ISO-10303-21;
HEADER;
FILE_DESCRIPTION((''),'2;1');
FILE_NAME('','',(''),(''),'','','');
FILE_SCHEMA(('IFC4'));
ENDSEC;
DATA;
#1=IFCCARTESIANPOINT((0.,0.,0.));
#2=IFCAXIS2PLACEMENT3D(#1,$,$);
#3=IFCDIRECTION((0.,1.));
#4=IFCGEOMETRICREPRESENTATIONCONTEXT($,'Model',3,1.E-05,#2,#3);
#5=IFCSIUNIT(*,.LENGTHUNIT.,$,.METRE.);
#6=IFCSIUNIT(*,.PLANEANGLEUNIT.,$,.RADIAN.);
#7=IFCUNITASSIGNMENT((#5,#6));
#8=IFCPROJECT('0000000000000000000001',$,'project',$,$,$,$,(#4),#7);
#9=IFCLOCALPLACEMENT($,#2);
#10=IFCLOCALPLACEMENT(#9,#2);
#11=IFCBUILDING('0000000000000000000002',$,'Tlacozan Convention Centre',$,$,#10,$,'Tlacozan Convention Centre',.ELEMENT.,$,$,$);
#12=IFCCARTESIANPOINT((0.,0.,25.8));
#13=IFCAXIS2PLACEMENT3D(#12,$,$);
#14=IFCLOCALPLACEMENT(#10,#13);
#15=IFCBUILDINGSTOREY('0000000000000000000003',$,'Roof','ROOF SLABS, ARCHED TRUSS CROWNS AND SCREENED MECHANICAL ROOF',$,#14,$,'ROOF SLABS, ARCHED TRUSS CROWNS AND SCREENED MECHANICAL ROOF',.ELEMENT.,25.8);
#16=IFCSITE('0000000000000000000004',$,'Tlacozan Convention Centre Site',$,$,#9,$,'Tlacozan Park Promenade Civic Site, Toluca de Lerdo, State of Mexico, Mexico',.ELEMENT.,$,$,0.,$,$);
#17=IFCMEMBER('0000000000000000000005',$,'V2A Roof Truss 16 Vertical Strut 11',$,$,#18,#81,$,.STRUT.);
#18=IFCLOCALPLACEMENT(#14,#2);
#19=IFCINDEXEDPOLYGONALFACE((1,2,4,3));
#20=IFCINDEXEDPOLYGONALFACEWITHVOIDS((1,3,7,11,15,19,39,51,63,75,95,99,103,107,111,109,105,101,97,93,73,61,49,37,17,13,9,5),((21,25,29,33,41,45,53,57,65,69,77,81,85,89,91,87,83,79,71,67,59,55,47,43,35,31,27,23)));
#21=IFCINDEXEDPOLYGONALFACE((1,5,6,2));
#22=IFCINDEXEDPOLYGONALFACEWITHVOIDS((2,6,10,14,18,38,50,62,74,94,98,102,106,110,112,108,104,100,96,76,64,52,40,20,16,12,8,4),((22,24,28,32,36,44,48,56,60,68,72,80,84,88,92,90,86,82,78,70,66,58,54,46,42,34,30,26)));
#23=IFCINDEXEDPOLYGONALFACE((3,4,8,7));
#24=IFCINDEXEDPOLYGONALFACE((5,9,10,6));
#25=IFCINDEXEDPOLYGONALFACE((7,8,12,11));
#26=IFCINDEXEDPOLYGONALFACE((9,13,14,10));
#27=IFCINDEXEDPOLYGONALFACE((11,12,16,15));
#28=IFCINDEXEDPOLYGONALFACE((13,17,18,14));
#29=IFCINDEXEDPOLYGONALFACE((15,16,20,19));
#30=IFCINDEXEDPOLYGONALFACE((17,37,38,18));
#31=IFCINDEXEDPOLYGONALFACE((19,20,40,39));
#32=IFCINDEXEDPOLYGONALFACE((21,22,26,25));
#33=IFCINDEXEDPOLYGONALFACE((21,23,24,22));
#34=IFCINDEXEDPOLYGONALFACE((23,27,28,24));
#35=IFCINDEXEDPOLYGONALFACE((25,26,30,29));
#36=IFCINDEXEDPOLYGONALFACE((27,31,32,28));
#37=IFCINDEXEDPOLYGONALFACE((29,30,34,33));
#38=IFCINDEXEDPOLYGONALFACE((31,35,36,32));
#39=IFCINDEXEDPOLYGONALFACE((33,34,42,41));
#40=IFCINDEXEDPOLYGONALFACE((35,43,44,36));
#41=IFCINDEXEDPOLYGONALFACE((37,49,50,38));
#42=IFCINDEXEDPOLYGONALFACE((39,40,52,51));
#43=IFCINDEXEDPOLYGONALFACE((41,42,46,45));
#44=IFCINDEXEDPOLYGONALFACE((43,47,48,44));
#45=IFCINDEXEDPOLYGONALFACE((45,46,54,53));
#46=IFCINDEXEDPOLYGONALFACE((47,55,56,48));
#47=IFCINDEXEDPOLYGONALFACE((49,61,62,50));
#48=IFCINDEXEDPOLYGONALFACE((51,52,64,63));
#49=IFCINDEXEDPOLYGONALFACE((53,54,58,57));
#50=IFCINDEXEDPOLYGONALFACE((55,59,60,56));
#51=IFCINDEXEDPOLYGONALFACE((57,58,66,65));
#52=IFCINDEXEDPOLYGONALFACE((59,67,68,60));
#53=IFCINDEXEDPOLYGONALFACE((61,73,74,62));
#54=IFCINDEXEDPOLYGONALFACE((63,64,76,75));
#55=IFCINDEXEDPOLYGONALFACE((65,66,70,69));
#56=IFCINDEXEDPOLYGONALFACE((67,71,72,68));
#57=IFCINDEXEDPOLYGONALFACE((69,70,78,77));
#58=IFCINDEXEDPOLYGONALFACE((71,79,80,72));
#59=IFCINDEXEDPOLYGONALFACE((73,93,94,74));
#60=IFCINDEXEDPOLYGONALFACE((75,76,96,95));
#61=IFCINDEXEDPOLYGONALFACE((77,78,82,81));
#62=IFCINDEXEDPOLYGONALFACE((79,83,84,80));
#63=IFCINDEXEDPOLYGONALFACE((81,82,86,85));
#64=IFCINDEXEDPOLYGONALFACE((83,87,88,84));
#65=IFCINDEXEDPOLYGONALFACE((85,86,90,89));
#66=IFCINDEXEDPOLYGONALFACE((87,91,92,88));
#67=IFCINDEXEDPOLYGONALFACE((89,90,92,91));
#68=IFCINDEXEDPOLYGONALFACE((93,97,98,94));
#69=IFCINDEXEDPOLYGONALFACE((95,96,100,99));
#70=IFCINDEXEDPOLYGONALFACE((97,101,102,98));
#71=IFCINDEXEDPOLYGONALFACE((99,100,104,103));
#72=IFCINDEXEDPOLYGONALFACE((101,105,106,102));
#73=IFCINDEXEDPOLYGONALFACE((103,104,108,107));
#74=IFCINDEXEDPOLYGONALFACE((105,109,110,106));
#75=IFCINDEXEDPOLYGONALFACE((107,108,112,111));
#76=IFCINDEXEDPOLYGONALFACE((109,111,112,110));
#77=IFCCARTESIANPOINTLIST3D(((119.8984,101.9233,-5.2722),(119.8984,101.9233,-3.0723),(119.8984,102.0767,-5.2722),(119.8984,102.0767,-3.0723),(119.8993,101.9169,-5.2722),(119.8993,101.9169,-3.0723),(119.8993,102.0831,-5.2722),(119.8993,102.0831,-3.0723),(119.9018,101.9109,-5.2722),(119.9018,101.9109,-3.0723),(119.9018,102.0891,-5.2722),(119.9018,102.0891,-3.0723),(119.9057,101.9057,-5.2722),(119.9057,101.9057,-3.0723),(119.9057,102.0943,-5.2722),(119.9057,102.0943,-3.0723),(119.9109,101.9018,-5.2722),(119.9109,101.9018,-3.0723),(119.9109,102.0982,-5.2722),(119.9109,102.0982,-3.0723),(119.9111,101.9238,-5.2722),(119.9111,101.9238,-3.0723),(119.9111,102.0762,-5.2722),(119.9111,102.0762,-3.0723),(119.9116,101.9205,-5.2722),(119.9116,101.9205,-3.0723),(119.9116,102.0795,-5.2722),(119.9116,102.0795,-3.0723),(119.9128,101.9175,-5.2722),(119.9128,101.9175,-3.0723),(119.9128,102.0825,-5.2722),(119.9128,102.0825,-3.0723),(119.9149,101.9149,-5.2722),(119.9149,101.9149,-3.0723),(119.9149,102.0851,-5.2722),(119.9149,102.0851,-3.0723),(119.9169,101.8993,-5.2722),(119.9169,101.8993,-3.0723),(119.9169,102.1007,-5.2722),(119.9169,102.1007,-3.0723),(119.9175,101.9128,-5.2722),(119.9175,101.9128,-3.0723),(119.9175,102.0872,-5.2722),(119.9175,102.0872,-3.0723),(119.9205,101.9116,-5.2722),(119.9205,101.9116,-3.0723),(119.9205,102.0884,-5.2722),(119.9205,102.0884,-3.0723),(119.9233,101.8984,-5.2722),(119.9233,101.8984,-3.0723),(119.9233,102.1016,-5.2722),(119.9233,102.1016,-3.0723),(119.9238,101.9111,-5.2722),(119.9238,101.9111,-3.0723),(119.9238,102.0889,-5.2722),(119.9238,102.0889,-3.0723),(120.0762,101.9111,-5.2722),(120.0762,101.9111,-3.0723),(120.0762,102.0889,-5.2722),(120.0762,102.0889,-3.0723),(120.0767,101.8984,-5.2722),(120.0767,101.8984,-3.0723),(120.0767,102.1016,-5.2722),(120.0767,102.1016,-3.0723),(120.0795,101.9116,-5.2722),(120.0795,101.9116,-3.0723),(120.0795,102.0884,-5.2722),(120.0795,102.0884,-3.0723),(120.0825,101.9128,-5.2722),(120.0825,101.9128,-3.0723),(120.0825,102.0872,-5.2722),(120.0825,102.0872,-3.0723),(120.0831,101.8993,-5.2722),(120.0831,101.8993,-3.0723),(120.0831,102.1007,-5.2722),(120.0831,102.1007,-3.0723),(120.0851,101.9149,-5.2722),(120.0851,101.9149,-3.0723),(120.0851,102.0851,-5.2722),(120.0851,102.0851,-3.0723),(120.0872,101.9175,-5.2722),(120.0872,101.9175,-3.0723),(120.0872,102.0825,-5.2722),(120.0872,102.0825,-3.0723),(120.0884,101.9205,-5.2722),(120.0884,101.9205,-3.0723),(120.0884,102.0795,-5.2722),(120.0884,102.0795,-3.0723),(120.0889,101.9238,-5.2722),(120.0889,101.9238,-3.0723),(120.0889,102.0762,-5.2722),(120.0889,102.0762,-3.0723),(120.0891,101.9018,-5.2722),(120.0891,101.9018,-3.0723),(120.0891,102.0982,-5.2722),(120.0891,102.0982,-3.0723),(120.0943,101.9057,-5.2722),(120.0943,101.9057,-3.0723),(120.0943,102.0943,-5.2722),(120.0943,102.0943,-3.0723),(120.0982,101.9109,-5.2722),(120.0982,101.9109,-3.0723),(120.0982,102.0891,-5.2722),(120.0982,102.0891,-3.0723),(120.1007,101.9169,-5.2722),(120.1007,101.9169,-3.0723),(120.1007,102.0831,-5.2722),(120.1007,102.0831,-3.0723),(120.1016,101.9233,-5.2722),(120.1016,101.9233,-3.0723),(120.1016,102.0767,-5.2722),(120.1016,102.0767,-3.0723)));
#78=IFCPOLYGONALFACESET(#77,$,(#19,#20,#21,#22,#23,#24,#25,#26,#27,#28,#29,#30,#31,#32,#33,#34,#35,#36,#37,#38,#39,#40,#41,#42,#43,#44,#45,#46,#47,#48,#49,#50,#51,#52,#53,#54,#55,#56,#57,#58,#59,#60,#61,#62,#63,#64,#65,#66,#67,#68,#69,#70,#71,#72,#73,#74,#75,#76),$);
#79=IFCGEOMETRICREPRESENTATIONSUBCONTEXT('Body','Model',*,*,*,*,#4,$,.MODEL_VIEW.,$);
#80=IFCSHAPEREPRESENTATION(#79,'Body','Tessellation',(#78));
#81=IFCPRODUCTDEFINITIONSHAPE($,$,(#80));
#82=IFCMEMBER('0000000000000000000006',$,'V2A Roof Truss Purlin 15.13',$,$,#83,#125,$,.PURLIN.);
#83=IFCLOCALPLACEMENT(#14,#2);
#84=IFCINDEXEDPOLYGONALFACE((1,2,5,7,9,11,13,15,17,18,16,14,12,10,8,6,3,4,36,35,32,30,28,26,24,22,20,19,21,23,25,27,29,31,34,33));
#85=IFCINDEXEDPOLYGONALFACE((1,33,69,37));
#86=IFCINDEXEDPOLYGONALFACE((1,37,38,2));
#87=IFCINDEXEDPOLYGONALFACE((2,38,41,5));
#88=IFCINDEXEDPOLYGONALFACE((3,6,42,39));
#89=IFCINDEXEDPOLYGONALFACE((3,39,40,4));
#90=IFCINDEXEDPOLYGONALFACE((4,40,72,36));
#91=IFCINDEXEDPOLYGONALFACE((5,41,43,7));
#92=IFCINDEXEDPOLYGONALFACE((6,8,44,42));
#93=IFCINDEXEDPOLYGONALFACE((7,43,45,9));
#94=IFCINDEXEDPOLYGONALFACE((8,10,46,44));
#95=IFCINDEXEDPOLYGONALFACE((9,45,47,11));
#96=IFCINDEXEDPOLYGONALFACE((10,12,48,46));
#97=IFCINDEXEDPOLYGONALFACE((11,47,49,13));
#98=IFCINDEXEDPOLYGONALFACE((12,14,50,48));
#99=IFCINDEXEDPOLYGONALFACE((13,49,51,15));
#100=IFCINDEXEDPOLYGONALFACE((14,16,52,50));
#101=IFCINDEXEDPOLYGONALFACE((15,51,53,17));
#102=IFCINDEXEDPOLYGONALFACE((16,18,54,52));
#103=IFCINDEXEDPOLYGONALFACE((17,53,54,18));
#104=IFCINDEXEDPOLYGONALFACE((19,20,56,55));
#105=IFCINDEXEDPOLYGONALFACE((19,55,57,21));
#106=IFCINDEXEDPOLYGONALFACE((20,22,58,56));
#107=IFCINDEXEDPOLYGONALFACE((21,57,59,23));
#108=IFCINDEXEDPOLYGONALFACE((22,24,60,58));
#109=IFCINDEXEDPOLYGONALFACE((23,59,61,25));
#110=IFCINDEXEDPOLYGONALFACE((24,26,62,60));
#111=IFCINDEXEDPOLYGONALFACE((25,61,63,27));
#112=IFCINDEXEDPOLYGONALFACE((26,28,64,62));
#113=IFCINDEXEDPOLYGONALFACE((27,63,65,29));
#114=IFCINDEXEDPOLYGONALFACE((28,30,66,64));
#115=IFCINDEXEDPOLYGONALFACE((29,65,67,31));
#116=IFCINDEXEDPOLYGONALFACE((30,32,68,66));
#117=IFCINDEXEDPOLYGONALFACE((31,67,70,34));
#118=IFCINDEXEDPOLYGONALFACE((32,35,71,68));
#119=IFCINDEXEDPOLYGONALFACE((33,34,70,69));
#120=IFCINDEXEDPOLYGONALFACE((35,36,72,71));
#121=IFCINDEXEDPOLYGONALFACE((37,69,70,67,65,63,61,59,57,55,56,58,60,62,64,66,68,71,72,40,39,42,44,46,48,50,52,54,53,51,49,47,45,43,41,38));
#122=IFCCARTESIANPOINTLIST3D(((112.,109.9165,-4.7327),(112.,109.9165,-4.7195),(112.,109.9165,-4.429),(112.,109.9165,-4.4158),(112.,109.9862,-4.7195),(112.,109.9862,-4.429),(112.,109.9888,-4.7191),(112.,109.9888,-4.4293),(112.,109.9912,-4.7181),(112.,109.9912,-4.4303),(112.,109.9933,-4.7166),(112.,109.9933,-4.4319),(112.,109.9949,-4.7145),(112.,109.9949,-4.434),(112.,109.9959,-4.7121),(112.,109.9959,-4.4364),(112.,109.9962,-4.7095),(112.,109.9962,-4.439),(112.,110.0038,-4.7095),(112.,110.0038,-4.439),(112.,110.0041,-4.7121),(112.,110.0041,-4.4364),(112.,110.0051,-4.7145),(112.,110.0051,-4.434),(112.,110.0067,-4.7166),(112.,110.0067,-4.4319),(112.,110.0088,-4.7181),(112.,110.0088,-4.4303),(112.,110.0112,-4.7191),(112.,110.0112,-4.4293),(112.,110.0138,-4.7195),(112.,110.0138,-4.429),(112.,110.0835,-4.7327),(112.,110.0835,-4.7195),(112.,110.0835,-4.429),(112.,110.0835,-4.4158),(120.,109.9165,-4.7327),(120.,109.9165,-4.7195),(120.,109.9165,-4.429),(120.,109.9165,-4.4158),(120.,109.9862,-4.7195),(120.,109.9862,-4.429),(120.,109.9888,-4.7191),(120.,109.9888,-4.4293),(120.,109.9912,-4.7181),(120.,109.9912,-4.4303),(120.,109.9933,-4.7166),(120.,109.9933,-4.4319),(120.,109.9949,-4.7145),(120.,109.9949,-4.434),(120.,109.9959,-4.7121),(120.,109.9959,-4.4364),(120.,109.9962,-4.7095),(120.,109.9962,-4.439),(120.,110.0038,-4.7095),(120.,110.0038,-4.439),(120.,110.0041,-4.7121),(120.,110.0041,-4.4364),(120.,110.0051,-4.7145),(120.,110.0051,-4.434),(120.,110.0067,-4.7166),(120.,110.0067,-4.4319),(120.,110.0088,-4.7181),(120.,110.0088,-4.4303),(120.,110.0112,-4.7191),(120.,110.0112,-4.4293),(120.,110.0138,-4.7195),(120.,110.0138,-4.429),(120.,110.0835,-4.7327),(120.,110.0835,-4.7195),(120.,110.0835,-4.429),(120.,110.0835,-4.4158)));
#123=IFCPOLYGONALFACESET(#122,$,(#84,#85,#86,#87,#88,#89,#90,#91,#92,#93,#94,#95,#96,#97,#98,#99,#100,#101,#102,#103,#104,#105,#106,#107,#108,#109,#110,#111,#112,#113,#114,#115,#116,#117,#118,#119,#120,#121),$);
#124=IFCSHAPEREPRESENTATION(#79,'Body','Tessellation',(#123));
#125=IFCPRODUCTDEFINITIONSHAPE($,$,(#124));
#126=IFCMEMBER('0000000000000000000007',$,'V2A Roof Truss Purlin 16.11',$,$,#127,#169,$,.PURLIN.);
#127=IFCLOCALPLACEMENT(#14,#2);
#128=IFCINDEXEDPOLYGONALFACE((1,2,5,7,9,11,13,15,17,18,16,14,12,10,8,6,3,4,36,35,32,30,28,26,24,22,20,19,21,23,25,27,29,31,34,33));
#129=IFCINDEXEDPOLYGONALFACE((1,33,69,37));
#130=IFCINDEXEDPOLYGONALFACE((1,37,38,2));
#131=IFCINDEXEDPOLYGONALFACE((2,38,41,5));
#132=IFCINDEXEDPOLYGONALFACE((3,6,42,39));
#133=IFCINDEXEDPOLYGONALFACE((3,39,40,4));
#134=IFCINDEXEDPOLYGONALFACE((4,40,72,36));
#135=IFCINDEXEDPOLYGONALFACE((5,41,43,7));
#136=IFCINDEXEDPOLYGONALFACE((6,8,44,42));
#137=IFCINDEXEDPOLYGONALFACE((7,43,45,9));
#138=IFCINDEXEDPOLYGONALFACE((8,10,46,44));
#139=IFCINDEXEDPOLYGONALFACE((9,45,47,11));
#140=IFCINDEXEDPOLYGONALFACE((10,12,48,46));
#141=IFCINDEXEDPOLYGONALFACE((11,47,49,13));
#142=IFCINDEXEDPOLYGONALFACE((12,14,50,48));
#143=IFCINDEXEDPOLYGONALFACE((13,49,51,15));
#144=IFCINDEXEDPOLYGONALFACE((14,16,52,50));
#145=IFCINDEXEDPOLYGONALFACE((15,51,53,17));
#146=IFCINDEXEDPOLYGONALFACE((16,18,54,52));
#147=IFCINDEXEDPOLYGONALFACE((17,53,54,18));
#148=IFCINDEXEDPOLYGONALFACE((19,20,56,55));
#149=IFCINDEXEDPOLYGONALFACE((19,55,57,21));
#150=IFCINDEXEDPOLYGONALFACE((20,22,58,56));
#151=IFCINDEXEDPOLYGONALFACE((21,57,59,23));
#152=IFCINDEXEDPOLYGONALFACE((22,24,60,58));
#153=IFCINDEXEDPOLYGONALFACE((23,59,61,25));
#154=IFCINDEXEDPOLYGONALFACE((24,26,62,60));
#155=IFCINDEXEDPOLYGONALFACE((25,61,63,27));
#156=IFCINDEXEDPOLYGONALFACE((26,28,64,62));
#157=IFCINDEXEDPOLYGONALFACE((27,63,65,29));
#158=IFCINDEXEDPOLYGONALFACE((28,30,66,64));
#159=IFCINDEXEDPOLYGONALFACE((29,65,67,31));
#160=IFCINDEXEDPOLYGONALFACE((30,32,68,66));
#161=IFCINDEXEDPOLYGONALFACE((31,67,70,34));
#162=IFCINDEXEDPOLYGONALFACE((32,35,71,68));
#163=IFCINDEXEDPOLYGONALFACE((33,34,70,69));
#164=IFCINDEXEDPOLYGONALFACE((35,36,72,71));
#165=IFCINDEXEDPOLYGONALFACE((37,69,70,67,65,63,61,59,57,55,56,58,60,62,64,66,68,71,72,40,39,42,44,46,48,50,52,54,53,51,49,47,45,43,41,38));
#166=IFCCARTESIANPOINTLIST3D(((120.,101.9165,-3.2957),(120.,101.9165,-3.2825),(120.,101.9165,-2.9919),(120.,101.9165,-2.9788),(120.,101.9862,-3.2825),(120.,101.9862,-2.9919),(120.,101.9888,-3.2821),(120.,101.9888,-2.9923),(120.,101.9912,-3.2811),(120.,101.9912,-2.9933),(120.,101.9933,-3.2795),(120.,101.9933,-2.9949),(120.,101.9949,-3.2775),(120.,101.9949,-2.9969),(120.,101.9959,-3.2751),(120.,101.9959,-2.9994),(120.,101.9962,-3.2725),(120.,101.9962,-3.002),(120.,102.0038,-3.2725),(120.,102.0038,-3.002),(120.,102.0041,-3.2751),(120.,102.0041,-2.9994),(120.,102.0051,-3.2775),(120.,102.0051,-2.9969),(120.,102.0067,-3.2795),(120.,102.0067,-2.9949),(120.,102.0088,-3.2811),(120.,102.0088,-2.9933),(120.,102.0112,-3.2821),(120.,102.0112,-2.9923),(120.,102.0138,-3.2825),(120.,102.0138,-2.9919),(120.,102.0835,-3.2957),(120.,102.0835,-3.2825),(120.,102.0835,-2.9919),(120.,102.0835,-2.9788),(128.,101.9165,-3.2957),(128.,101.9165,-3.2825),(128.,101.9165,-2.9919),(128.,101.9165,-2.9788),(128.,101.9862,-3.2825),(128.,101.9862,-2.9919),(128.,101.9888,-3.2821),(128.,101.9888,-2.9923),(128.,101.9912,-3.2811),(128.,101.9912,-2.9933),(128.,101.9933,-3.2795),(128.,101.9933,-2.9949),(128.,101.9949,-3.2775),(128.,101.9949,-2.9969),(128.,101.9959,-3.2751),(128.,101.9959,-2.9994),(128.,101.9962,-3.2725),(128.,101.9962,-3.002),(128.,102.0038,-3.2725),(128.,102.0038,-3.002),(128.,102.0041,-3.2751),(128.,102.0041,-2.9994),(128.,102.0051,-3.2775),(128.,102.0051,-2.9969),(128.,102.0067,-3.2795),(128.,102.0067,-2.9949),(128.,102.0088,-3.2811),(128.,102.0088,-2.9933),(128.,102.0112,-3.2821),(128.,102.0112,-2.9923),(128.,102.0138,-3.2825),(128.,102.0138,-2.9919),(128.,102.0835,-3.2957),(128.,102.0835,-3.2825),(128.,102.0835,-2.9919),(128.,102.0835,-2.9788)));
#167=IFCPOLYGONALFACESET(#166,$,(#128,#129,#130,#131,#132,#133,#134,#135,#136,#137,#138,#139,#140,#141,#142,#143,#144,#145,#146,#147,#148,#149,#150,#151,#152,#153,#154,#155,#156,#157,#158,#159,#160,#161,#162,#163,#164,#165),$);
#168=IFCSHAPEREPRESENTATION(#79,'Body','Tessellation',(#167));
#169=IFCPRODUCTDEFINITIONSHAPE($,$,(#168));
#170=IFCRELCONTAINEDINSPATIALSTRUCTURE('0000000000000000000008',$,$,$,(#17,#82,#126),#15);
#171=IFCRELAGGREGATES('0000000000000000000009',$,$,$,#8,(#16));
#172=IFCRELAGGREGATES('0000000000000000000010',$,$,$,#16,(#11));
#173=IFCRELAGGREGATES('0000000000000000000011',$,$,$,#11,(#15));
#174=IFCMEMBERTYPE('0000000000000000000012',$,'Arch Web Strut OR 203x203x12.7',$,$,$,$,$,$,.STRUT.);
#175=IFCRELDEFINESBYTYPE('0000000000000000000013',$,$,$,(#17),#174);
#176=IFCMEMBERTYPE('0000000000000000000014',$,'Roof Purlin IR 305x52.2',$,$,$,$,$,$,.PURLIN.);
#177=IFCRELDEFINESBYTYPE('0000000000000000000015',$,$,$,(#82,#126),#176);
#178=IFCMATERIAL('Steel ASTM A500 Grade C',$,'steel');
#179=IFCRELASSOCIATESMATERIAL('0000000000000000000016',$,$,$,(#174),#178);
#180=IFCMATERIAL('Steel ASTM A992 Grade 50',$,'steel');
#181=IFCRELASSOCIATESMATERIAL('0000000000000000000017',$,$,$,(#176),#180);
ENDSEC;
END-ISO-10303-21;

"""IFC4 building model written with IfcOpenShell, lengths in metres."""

from ifc_helpers import new_model, si_unit, direction, frame, origin, origin_2d, place, context, subcontext, project, spatial, hollow_rectangle, i_section, extrude, material, material_profile, profile_set, type_object, element, save


model = new_model("IFC4")

# Units and contexts
model_context = context("Model", 3, precision=1e-05, world=origin(), true_north=direction((0.0, 1.0)))
body_context = subcontext(model_context, "Body", "Model", "MODEL_VIEW")
ifc_project = project(units=[si_unit("LENGTHUNIT", "METRE"), si_unit("PLANEANGLEUNIT", "RADIAN")], contexts=[model_context])

# Site, building, storey
site_placement = place(None, origin())
site = spatial("IfcSite", under=ifc_project, at=site_placement, Name="Tlacozan Convention Centre Site", LongName="Tlacozan Park Promenade Civic Site, Toluca de Lerdo, State of Mexico, Mexico", CompositionType="ELEMENT", RefElevation=0.0)
building_placement = place(site_placement, origin())
building = spatial("IfcBuilding", under=site, at=building_placement, Name="Tlacozan Convention Centre", LongName="Tlacozan Convention Centre", CompositionType="ELEMENT")
storey_placement = place(building_placement, frame((0.0, 0.0, 25.8)))
storey = spatial("IfcBuildingStorey", under=building, at=storey_placement, Name="Roof", Description="ROOF SLABS, ARCHED TRUSS CROWNS AND SCREENED MECHANICAL ROOF", LongName="ROOF SLABS, ARCHED TRUSS CROWNS AND SCREENED MECHANICAL ROOF", CompositionType="ELEMENT", Elevation=25.8)

# Members
ifc_material_1 = material(Name="Steel ASTM A500 Grade C", Category="steel")
ifc_material_profile_1 = material_profile(ifc_material_1, hollow_rectangle(XDim=0.2031, YDim=0.2031, WallThickness=0.0127, InnerFilletRadius=0.0127, OuterFilletRadius=0.0249, at=origin_2d()), Name="OR 203x203x12.7")
ifc_profile_set_1 = profile_set([ifc_material_profile_1], Name="Steel ASTM A500 Grade C")
member_type_1 = type_object("IfcMemberType", Name="Arch Web Strut OR 203x203x12.7", PredefinedType="STRUT", material=ifc_profile_set_1)
for number, where, z_axis, x_axis, name in (
    (1, (120.0, 102.0, -5.2722), (0.0, 0.0, 1.0), (1.0, 0.0, 0.0), "V2A Roof Truss 16 Vertical Strut 11"),
):
    element("IfcMember", number, at=place(storey_placement, frame(where, z_axis=z_axis, x_axis=x_axis)), inside=storey, type_object=member_type_1, Name=name, PredefinedType="STRUT", context=body_context, shape_type="SweptSolid", body=[
        extrude(hollow_rectangle(XDim=0.2031, YDim=0.2031, WallThickness=0.0127, InnerFilletRadius=0.0127, OuterFilletRadius=0.0249, at=origin_2d()), origin(), (0.0, 0.0, 1.0), 2.2),
    ])
ifc_material_2 = material(Name="Steel ASTM A992 Grade 50", Category="steel")
ifc_material_profile_2 = material_profile(ifc_material_2, i_section(OverallWidth=0.167, OverallDepth=0.3169, WebThickness=0.0076, FlangeThickness=0.0132, FilletRadius=0.01, at=origin_2d()), Name="IR 305x52.2")
ifc_profile_set_2 = profile_set([ifc_material_profile_2], Name="Steel ASTM A992 Grade 50")
member_type_2 = type_object("IfcMemberType", Name="Roof Purlin IR 305x52.2", PredefinedType="PURLIN", material=ifc_profile_set_2)
for number, where, z_axis, x_axis, name in (
    (2, (112.0, 110.0, -4.5742), (1.0, 0.0, 0.0), (0.0, 1.0, 0.0), "V2A Roof Truss Purlin 15.13"),
    (3, (120.0, 102.0, -3.1372), (1.0, 0.0, 0.0), (0.0, 1.0, 0.0), "V2A Roof Truss Purlin 16.11"),
):
    element("IfcMember", number, at=place(storey_placement, frame(where, z_axis=z_axis, x_axis=x_axis)), inside=storey, type_object=member_type_2, Name=name, PredefinedType="PURLIN", context=body_context, shape_type="SweptSolid", body=[
        extrude(i_section(OverallWidth=0.167, OverallDepth=0.3169, WebThickness=0.0076, FlangeThickness=0.0132, FilletRadius=0.01, at=origin_2d()), origin(), (0.0, 0.0, 1.0), 8.0),
    ])

save(model, "model.ifc")
